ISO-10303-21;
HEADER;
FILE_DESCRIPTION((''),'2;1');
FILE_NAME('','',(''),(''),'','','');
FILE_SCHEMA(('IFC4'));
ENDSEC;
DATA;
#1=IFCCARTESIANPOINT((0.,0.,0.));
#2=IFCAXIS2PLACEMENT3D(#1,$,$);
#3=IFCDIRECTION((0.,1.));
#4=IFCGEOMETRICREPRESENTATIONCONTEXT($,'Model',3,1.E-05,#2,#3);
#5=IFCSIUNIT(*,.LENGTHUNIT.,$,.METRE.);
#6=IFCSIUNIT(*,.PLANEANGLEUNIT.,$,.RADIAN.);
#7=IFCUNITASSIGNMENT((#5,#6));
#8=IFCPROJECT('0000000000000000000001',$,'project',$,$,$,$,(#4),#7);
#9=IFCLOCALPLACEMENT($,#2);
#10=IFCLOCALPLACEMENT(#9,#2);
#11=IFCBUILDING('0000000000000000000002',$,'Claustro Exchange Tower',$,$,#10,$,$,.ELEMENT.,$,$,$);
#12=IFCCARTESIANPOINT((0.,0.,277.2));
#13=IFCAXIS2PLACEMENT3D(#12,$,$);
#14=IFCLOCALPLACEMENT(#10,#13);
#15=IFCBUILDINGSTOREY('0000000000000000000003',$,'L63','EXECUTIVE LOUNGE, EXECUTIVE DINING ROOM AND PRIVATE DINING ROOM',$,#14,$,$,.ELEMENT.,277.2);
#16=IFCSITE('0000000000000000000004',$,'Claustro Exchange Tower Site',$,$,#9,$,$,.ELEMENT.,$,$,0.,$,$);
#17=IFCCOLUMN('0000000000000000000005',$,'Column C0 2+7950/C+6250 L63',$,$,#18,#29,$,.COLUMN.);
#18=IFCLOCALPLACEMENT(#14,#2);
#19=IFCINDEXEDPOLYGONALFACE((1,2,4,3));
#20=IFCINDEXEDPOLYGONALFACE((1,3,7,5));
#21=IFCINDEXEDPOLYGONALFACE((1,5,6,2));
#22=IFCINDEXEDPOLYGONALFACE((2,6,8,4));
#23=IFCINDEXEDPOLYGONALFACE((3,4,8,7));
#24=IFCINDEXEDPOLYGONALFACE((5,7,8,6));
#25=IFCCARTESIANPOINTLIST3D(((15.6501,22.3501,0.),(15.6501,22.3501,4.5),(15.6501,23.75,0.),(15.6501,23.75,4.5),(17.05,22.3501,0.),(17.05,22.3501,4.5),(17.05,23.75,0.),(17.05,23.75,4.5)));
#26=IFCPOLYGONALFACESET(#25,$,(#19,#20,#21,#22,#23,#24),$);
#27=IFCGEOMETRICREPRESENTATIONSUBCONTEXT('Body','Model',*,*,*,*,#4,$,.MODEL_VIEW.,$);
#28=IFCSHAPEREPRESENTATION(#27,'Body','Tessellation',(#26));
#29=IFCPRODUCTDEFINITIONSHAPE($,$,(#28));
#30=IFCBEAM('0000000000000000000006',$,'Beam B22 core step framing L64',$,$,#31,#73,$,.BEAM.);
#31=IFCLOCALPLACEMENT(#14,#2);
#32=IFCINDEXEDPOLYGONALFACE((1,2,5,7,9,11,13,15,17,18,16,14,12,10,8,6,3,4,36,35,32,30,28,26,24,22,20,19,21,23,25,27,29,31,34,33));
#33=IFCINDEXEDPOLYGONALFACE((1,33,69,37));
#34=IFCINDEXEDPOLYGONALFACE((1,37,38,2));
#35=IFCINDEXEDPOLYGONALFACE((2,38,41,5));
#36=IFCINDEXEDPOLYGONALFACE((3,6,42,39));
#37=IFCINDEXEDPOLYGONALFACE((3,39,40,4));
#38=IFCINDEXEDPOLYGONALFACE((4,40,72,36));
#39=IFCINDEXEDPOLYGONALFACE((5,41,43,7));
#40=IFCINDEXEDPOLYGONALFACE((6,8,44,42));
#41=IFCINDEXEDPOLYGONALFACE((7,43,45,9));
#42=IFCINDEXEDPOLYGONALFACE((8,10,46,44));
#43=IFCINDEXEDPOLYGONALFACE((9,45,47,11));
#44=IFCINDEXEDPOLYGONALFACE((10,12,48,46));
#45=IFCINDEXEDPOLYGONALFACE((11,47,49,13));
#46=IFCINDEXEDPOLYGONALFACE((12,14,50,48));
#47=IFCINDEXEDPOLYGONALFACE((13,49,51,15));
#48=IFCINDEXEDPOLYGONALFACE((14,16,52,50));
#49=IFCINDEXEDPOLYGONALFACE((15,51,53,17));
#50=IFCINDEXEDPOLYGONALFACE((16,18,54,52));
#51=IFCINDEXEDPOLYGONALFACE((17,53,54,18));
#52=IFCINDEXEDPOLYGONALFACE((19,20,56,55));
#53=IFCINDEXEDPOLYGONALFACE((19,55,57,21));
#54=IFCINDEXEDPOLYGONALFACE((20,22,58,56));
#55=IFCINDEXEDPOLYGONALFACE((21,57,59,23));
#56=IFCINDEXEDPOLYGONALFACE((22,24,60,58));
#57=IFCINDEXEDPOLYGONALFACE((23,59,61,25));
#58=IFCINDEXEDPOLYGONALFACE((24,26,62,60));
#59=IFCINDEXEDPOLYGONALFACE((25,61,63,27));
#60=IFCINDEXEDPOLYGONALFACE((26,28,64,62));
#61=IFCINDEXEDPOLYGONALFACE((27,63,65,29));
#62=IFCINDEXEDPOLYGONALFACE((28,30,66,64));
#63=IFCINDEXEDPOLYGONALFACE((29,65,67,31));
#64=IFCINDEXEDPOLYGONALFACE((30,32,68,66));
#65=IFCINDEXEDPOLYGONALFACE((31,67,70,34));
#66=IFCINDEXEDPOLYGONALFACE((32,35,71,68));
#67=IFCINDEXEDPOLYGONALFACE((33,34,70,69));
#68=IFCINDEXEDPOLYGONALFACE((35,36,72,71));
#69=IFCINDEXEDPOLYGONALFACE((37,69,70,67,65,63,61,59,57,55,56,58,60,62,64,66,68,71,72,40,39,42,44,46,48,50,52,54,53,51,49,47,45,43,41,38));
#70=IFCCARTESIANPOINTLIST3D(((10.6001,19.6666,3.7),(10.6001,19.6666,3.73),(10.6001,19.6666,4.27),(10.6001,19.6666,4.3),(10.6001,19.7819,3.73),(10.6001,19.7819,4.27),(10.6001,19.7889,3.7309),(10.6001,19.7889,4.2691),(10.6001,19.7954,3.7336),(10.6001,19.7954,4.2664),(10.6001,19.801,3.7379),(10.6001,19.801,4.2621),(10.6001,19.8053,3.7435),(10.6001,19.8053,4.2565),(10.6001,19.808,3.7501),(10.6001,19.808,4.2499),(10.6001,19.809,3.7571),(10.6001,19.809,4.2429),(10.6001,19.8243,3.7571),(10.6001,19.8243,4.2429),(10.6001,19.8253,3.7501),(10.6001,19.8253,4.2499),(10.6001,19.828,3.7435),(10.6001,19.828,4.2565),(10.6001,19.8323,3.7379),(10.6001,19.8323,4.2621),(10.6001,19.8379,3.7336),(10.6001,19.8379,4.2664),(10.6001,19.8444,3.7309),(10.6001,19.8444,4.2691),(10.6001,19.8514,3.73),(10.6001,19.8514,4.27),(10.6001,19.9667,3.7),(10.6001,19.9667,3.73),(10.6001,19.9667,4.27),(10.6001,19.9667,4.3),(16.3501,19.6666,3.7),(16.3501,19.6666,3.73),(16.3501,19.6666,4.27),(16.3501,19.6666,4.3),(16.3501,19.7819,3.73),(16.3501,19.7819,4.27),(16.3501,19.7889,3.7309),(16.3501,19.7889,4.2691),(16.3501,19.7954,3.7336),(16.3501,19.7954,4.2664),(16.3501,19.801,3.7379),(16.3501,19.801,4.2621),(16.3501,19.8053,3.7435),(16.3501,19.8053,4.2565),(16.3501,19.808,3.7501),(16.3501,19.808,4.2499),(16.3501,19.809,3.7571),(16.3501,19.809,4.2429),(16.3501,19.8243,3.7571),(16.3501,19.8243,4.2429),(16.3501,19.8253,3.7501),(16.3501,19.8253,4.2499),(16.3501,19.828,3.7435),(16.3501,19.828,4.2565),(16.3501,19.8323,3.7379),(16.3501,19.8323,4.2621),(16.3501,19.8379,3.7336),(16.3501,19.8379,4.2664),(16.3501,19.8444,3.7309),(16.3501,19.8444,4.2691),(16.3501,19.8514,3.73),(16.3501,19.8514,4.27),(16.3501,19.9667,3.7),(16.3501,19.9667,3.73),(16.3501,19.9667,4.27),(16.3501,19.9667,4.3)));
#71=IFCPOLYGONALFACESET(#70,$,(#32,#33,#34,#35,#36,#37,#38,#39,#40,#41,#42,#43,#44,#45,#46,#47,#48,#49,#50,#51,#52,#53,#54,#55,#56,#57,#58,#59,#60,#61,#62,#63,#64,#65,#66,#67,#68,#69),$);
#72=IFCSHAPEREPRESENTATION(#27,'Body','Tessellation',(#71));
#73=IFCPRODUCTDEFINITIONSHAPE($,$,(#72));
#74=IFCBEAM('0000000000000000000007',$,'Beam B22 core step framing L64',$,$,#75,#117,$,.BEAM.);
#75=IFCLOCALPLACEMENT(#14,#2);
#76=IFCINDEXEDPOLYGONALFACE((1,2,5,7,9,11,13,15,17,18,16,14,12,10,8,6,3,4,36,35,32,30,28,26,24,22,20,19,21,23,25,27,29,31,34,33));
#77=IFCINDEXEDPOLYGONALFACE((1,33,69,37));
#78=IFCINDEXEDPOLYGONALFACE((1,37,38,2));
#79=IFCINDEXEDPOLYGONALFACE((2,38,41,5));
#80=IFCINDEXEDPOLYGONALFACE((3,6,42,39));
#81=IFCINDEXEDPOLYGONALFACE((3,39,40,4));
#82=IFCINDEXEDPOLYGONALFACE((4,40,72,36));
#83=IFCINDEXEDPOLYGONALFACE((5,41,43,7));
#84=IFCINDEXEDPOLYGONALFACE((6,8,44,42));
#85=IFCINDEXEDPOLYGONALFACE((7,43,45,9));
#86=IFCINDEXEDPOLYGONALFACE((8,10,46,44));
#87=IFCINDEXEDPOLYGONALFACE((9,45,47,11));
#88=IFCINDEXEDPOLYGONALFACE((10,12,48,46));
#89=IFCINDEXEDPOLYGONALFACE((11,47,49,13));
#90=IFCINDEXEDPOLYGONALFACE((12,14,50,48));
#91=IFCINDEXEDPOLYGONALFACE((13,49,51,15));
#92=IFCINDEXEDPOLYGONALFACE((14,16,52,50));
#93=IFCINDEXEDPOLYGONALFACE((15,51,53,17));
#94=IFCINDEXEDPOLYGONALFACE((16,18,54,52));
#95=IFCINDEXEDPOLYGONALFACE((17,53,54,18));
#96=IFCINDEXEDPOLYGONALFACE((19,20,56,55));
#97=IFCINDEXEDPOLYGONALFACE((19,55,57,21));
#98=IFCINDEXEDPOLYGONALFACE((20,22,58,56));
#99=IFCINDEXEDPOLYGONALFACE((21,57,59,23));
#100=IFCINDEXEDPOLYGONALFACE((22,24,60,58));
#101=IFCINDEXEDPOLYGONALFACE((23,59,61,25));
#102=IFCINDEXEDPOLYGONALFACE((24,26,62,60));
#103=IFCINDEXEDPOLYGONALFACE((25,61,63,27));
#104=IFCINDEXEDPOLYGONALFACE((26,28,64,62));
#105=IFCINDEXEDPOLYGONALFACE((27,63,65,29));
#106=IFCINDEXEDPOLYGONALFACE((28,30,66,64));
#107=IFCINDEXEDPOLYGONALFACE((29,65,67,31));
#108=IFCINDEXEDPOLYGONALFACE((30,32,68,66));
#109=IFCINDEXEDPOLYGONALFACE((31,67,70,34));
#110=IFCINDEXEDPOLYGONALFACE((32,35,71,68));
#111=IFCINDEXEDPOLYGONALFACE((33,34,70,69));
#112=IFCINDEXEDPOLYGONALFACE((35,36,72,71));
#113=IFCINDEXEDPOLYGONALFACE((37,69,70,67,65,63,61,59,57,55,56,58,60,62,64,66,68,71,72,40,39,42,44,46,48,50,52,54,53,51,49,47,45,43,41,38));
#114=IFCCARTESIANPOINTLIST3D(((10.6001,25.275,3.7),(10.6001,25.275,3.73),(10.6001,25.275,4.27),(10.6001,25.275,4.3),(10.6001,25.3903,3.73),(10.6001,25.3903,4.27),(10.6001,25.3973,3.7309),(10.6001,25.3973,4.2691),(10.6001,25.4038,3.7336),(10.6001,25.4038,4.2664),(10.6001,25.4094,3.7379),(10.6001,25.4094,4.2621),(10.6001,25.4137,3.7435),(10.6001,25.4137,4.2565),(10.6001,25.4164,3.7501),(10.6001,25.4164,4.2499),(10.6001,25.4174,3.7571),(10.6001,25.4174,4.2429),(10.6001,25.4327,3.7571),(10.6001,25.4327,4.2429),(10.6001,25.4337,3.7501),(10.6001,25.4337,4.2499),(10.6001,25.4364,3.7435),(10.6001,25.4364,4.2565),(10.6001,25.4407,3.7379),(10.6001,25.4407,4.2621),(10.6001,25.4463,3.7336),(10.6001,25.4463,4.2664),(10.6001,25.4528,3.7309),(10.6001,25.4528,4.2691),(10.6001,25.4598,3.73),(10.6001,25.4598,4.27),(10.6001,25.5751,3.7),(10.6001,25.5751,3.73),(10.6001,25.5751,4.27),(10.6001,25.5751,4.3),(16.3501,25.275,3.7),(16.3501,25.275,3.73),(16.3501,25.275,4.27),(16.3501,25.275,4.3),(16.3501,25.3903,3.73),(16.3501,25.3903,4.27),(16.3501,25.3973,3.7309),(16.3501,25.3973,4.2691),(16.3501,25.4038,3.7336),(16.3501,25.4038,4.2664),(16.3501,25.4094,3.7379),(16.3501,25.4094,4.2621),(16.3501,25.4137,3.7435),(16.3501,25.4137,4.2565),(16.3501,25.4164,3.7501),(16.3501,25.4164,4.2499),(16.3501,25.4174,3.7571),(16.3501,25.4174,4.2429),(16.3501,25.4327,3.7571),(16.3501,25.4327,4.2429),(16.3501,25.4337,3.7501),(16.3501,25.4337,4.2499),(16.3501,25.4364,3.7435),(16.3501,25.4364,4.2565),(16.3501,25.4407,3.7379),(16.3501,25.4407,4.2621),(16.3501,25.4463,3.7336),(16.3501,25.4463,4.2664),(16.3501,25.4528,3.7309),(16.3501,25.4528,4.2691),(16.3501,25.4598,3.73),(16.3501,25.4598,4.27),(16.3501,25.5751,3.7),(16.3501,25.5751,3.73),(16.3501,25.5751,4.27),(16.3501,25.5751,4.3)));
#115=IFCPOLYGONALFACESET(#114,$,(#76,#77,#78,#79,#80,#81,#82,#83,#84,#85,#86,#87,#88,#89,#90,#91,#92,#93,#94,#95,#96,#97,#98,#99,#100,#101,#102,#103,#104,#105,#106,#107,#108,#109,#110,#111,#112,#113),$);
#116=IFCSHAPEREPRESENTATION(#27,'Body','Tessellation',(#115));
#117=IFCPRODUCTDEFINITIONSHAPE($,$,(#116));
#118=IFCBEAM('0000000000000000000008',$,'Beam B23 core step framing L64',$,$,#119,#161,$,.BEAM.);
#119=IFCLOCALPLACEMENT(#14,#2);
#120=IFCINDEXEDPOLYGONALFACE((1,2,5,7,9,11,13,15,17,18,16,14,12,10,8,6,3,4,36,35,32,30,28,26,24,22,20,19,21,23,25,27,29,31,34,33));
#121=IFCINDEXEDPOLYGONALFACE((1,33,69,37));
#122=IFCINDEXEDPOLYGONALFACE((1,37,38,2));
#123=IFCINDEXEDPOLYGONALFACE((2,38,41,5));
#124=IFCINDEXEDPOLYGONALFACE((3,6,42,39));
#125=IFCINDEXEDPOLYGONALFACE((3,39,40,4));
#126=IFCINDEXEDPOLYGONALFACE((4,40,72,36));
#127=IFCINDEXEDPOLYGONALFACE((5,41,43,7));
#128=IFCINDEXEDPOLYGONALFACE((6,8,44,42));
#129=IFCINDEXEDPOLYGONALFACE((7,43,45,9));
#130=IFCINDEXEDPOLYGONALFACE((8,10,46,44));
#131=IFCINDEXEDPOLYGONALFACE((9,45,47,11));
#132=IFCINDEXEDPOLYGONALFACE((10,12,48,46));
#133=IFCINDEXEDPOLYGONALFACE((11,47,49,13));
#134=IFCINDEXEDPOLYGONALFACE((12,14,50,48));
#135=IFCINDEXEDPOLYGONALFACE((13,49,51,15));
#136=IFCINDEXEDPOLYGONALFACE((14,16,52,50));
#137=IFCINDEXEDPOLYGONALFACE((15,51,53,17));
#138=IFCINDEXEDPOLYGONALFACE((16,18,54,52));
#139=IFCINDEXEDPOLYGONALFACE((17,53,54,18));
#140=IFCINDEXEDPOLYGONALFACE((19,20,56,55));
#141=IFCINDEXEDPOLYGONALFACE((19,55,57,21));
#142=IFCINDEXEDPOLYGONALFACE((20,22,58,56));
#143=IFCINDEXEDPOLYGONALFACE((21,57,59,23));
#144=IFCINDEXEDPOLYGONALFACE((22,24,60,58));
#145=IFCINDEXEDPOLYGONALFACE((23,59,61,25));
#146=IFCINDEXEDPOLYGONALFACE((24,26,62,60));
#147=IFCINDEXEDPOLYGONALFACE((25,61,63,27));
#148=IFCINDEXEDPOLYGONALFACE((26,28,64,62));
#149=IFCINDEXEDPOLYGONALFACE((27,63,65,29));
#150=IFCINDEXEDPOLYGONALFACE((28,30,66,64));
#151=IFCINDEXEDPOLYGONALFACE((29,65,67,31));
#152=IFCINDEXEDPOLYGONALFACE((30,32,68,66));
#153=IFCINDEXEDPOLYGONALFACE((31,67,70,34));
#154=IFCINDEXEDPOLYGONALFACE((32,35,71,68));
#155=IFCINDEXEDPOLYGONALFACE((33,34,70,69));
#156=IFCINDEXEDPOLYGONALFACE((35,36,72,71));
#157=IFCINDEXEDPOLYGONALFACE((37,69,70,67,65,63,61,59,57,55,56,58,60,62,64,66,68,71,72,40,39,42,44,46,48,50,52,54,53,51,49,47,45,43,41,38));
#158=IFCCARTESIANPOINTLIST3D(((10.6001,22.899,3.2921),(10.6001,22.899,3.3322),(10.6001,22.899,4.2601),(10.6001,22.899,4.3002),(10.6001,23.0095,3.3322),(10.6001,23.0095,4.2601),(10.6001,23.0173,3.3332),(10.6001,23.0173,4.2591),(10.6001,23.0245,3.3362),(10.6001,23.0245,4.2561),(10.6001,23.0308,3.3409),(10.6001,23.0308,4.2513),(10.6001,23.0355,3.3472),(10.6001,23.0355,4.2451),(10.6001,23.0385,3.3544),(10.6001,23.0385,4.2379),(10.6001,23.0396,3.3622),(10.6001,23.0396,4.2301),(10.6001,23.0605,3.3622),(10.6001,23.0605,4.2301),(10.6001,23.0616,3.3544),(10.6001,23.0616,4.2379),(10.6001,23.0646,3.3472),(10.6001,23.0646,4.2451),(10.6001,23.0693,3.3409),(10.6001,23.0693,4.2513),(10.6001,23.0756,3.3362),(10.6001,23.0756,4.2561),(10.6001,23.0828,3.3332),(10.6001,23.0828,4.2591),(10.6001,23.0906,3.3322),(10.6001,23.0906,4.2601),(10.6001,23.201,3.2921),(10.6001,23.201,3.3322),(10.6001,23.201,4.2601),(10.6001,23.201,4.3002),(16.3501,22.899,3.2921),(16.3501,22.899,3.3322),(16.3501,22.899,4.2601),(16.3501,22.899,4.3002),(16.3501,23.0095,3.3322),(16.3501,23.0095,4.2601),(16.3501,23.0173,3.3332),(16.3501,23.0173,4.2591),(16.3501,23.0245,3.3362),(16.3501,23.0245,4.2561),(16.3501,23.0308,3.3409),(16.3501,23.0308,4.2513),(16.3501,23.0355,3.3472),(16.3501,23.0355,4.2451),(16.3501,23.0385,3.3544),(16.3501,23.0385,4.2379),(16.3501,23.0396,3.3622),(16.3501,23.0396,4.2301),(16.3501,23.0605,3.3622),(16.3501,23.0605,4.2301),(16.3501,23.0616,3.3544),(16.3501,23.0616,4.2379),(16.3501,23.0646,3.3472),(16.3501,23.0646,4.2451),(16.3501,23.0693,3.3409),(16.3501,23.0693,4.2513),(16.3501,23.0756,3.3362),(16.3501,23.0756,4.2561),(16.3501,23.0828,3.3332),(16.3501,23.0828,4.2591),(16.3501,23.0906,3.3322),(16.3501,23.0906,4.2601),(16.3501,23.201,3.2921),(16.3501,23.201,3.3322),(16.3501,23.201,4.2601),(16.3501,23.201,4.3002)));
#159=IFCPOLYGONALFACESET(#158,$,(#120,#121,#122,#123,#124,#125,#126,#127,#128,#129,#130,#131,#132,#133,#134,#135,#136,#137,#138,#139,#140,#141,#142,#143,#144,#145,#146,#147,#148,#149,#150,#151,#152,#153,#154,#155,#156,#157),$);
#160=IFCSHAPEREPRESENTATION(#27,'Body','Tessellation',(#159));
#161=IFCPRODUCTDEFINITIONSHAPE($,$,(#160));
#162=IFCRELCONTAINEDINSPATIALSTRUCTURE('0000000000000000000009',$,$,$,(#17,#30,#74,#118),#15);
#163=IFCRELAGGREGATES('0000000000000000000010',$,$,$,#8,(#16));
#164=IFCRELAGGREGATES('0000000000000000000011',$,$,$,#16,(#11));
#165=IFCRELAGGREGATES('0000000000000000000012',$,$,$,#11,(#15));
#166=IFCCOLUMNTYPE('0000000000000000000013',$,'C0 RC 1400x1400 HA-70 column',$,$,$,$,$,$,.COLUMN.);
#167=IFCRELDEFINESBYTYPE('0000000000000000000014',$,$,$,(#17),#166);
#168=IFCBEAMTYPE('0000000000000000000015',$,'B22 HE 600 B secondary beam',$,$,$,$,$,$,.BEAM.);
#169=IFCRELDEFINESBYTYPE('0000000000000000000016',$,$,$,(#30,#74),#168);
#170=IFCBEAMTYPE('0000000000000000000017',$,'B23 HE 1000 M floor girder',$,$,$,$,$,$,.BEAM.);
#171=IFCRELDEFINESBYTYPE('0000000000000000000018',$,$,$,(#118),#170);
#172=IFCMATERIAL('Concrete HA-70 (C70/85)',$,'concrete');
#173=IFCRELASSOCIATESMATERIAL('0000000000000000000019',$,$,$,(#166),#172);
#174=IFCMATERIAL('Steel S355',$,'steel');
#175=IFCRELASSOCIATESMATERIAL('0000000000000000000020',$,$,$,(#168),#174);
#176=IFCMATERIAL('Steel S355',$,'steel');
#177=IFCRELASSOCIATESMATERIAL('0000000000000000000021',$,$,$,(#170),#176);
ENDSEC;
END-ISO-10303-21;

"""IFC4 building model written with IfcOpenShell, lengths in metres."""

from ifc_helpers import new_model, si_unit, direction, frame, origin, origin_2d, place, context, subcontext, project, spatial, rectangle, i_section, extrude, material, material_profile, profile_set, type_object, element, save


model = new_model("IFC4")

# Units and contexts
model_context = context("Model", 3, precision=1e-05, world=origin(), true_north=direction((0.0, 1.0)))
body_context = subcontext(model_context, "Body", "Model", "MODEL_VIEW")
ifc_project = project(units=[si_unit("LENGTHUNIT", "METRE"), si_unit("PLANEANGLEUNIT", "RADIAN")], contexts=[model_context])

# Site, building, storey
site_placement = place(None, origin())
site = spatial("IfcSite", under=ifc_project, at=site_placement, Name="Claustro Exchange Tower Site", CompositionType="ELEMENT", RefElevation=0.0)
building_placement = place(site_placement, origin())
building = spatial("IfcBuilding", under=site, at=building_placement, Name="Claustro Exchange Tower", CompositionType="ELEMENT")
storey_placement = place(building_placement, frame((0.0, 0.0, 277.2)))
storey = spatial("IfcBuildingStorey", under=building, at=storey_placement, Name="L63", Description="EXECUTIVE LOUNGE, EXECUTIVE DINING ROOM AND PRIVATE DINING ROOM", CompositionType="ELEMENT", Elevation=277.2)

# Column
ifc_material_1 = material(Name="Concrete HA-70 (C70/85)", Category="concrete")
ifc_material_profile_1 = material_profile(ifc_material_1, rectangle(XDim=1.3999, YDim=1.3999, at=origin_2d()), Name="RC 1400x1400")
ifc_profile_set_1 = profile_set([ifc_material_profile_1], Name="Concrete HA-70 (C70/85)")
column_type = type_object("IfcColumnType", Name="C0 RC 1400x1400 HA-70 column", PredefinedType="COLUMN", material=ifc_profile_set_1)
column_placement = place(storey_placement, frame((16.3501, 23.05, 0.0), z_axis=(0.0, 0.0, 1.0), x_axis=(1.0, 0.0, 0.0)))
element("IfcColumn", 1, at=column_placement, inside=storey, type_object=column_type, Name="Column C0 2+7950/C+6250 L63", PredefinedType="COLUMN", context=body_context, shape_type="SweptSolid", body=[
    extrude(rectangle(XDim=1.3999, YDim=1.3999, at=origin_2d()), origin(), (0.0, 0.0, 1.0), 4.5),
])

# Beams
ifc_material_2 = material(Name="Steel S355", Category="steel")
ifc_material_profile_2 = material_profile(ifc_material_2, i_section(OverallWidth=0.3, OverallDepth=0.6001, WebThickness=0.0154, FlangeThickness=0.03, FilletRadius=0.0271, at=origin_2d()), Name="HE 600 B")
ifc_profile_set_2 = profile_set([ifc_material_profile_2], Name="Steel S355")
beam_type_1 = type_object("IfcBeamType", Name="B22 HE 600 B secondary beam", PredefinedType="BEAM", material=ifc_profile_set_2)
for number, where, z_axis, x_axis, name in (
    (2, (10.6001, 19.8167, 4.0), (1.0, 0.0, 0.0), (0.0, 1.0, 0.0), "Beam B22 core step framing L64"),
    (3, (10.6001, 25.425, 4.0), (1.0, 0.0, 0.0), (0.0, 1.0, 0.0), "Beam B22 core step framing L64"),
):
    element("IfcBeam", number, at=place(storey_placement, frame(where, z_axis=z_axis, x_axis=x_axis)), inside=storey, type_object=beam_type_1, Name=name, PredefinedType="BEAM", context=body_context, shape_type="SweptSolid", body=[
        extrude(i_section(OverallWidth=0.3, OverallDepth=0.6001, WebThickness=0.0154, FlangeThickness=0.03, FilletRadius=0.0271, at=origin_2d()), origin(), (0.0, 0.0, 1.0), 5.75),
    ])
ifc_material_3 = material(Name="Steel S355", Category="steel")
ifc_material_profile_3 = material_profile(ifc_material_3, i_section(OverallWidth=0.302, OverallDepth=1.0081, WebThickness=0.021, FlangeThickness=0.04, FilletRadius=0.03, at=origin_2d()), Name="HE 1000 M")
ifc_profile_set_3 = profile_set([ifc_material_profile_3], Name="Steel S355")
beam_type_2 = type_object("IfcBeamType", Name="B23 HE 1000 M floor girder", PredefinedType="BEAM", material=ifc_profile_set_3)
beam_1_placement = place(storey_placement, frame((10.6001, 23.05, 3.7961), z_axis=(1.0, 0.0, 0.0), x_axis=(0.0, 1.0, 0.0)))
element("IfcBeam", 4, at=beam_1_placement, inside=storey, type_object=beam_type_2, Name="Beam B23 core step framing L64", PredefinedType="BEAM", context=body_context, shape_type="SweptSolid", body=[
    extrude(i_section(OverallWidth=0.302, OverallDepth=1.0081, WebThickness=0.021, FlangeThickness=0.04, FilletRadius=0.03, at=origin_2d()), origin(), (0.0, 0.0, 1.0), 5.75),
])

save(model, "model.ifc")
